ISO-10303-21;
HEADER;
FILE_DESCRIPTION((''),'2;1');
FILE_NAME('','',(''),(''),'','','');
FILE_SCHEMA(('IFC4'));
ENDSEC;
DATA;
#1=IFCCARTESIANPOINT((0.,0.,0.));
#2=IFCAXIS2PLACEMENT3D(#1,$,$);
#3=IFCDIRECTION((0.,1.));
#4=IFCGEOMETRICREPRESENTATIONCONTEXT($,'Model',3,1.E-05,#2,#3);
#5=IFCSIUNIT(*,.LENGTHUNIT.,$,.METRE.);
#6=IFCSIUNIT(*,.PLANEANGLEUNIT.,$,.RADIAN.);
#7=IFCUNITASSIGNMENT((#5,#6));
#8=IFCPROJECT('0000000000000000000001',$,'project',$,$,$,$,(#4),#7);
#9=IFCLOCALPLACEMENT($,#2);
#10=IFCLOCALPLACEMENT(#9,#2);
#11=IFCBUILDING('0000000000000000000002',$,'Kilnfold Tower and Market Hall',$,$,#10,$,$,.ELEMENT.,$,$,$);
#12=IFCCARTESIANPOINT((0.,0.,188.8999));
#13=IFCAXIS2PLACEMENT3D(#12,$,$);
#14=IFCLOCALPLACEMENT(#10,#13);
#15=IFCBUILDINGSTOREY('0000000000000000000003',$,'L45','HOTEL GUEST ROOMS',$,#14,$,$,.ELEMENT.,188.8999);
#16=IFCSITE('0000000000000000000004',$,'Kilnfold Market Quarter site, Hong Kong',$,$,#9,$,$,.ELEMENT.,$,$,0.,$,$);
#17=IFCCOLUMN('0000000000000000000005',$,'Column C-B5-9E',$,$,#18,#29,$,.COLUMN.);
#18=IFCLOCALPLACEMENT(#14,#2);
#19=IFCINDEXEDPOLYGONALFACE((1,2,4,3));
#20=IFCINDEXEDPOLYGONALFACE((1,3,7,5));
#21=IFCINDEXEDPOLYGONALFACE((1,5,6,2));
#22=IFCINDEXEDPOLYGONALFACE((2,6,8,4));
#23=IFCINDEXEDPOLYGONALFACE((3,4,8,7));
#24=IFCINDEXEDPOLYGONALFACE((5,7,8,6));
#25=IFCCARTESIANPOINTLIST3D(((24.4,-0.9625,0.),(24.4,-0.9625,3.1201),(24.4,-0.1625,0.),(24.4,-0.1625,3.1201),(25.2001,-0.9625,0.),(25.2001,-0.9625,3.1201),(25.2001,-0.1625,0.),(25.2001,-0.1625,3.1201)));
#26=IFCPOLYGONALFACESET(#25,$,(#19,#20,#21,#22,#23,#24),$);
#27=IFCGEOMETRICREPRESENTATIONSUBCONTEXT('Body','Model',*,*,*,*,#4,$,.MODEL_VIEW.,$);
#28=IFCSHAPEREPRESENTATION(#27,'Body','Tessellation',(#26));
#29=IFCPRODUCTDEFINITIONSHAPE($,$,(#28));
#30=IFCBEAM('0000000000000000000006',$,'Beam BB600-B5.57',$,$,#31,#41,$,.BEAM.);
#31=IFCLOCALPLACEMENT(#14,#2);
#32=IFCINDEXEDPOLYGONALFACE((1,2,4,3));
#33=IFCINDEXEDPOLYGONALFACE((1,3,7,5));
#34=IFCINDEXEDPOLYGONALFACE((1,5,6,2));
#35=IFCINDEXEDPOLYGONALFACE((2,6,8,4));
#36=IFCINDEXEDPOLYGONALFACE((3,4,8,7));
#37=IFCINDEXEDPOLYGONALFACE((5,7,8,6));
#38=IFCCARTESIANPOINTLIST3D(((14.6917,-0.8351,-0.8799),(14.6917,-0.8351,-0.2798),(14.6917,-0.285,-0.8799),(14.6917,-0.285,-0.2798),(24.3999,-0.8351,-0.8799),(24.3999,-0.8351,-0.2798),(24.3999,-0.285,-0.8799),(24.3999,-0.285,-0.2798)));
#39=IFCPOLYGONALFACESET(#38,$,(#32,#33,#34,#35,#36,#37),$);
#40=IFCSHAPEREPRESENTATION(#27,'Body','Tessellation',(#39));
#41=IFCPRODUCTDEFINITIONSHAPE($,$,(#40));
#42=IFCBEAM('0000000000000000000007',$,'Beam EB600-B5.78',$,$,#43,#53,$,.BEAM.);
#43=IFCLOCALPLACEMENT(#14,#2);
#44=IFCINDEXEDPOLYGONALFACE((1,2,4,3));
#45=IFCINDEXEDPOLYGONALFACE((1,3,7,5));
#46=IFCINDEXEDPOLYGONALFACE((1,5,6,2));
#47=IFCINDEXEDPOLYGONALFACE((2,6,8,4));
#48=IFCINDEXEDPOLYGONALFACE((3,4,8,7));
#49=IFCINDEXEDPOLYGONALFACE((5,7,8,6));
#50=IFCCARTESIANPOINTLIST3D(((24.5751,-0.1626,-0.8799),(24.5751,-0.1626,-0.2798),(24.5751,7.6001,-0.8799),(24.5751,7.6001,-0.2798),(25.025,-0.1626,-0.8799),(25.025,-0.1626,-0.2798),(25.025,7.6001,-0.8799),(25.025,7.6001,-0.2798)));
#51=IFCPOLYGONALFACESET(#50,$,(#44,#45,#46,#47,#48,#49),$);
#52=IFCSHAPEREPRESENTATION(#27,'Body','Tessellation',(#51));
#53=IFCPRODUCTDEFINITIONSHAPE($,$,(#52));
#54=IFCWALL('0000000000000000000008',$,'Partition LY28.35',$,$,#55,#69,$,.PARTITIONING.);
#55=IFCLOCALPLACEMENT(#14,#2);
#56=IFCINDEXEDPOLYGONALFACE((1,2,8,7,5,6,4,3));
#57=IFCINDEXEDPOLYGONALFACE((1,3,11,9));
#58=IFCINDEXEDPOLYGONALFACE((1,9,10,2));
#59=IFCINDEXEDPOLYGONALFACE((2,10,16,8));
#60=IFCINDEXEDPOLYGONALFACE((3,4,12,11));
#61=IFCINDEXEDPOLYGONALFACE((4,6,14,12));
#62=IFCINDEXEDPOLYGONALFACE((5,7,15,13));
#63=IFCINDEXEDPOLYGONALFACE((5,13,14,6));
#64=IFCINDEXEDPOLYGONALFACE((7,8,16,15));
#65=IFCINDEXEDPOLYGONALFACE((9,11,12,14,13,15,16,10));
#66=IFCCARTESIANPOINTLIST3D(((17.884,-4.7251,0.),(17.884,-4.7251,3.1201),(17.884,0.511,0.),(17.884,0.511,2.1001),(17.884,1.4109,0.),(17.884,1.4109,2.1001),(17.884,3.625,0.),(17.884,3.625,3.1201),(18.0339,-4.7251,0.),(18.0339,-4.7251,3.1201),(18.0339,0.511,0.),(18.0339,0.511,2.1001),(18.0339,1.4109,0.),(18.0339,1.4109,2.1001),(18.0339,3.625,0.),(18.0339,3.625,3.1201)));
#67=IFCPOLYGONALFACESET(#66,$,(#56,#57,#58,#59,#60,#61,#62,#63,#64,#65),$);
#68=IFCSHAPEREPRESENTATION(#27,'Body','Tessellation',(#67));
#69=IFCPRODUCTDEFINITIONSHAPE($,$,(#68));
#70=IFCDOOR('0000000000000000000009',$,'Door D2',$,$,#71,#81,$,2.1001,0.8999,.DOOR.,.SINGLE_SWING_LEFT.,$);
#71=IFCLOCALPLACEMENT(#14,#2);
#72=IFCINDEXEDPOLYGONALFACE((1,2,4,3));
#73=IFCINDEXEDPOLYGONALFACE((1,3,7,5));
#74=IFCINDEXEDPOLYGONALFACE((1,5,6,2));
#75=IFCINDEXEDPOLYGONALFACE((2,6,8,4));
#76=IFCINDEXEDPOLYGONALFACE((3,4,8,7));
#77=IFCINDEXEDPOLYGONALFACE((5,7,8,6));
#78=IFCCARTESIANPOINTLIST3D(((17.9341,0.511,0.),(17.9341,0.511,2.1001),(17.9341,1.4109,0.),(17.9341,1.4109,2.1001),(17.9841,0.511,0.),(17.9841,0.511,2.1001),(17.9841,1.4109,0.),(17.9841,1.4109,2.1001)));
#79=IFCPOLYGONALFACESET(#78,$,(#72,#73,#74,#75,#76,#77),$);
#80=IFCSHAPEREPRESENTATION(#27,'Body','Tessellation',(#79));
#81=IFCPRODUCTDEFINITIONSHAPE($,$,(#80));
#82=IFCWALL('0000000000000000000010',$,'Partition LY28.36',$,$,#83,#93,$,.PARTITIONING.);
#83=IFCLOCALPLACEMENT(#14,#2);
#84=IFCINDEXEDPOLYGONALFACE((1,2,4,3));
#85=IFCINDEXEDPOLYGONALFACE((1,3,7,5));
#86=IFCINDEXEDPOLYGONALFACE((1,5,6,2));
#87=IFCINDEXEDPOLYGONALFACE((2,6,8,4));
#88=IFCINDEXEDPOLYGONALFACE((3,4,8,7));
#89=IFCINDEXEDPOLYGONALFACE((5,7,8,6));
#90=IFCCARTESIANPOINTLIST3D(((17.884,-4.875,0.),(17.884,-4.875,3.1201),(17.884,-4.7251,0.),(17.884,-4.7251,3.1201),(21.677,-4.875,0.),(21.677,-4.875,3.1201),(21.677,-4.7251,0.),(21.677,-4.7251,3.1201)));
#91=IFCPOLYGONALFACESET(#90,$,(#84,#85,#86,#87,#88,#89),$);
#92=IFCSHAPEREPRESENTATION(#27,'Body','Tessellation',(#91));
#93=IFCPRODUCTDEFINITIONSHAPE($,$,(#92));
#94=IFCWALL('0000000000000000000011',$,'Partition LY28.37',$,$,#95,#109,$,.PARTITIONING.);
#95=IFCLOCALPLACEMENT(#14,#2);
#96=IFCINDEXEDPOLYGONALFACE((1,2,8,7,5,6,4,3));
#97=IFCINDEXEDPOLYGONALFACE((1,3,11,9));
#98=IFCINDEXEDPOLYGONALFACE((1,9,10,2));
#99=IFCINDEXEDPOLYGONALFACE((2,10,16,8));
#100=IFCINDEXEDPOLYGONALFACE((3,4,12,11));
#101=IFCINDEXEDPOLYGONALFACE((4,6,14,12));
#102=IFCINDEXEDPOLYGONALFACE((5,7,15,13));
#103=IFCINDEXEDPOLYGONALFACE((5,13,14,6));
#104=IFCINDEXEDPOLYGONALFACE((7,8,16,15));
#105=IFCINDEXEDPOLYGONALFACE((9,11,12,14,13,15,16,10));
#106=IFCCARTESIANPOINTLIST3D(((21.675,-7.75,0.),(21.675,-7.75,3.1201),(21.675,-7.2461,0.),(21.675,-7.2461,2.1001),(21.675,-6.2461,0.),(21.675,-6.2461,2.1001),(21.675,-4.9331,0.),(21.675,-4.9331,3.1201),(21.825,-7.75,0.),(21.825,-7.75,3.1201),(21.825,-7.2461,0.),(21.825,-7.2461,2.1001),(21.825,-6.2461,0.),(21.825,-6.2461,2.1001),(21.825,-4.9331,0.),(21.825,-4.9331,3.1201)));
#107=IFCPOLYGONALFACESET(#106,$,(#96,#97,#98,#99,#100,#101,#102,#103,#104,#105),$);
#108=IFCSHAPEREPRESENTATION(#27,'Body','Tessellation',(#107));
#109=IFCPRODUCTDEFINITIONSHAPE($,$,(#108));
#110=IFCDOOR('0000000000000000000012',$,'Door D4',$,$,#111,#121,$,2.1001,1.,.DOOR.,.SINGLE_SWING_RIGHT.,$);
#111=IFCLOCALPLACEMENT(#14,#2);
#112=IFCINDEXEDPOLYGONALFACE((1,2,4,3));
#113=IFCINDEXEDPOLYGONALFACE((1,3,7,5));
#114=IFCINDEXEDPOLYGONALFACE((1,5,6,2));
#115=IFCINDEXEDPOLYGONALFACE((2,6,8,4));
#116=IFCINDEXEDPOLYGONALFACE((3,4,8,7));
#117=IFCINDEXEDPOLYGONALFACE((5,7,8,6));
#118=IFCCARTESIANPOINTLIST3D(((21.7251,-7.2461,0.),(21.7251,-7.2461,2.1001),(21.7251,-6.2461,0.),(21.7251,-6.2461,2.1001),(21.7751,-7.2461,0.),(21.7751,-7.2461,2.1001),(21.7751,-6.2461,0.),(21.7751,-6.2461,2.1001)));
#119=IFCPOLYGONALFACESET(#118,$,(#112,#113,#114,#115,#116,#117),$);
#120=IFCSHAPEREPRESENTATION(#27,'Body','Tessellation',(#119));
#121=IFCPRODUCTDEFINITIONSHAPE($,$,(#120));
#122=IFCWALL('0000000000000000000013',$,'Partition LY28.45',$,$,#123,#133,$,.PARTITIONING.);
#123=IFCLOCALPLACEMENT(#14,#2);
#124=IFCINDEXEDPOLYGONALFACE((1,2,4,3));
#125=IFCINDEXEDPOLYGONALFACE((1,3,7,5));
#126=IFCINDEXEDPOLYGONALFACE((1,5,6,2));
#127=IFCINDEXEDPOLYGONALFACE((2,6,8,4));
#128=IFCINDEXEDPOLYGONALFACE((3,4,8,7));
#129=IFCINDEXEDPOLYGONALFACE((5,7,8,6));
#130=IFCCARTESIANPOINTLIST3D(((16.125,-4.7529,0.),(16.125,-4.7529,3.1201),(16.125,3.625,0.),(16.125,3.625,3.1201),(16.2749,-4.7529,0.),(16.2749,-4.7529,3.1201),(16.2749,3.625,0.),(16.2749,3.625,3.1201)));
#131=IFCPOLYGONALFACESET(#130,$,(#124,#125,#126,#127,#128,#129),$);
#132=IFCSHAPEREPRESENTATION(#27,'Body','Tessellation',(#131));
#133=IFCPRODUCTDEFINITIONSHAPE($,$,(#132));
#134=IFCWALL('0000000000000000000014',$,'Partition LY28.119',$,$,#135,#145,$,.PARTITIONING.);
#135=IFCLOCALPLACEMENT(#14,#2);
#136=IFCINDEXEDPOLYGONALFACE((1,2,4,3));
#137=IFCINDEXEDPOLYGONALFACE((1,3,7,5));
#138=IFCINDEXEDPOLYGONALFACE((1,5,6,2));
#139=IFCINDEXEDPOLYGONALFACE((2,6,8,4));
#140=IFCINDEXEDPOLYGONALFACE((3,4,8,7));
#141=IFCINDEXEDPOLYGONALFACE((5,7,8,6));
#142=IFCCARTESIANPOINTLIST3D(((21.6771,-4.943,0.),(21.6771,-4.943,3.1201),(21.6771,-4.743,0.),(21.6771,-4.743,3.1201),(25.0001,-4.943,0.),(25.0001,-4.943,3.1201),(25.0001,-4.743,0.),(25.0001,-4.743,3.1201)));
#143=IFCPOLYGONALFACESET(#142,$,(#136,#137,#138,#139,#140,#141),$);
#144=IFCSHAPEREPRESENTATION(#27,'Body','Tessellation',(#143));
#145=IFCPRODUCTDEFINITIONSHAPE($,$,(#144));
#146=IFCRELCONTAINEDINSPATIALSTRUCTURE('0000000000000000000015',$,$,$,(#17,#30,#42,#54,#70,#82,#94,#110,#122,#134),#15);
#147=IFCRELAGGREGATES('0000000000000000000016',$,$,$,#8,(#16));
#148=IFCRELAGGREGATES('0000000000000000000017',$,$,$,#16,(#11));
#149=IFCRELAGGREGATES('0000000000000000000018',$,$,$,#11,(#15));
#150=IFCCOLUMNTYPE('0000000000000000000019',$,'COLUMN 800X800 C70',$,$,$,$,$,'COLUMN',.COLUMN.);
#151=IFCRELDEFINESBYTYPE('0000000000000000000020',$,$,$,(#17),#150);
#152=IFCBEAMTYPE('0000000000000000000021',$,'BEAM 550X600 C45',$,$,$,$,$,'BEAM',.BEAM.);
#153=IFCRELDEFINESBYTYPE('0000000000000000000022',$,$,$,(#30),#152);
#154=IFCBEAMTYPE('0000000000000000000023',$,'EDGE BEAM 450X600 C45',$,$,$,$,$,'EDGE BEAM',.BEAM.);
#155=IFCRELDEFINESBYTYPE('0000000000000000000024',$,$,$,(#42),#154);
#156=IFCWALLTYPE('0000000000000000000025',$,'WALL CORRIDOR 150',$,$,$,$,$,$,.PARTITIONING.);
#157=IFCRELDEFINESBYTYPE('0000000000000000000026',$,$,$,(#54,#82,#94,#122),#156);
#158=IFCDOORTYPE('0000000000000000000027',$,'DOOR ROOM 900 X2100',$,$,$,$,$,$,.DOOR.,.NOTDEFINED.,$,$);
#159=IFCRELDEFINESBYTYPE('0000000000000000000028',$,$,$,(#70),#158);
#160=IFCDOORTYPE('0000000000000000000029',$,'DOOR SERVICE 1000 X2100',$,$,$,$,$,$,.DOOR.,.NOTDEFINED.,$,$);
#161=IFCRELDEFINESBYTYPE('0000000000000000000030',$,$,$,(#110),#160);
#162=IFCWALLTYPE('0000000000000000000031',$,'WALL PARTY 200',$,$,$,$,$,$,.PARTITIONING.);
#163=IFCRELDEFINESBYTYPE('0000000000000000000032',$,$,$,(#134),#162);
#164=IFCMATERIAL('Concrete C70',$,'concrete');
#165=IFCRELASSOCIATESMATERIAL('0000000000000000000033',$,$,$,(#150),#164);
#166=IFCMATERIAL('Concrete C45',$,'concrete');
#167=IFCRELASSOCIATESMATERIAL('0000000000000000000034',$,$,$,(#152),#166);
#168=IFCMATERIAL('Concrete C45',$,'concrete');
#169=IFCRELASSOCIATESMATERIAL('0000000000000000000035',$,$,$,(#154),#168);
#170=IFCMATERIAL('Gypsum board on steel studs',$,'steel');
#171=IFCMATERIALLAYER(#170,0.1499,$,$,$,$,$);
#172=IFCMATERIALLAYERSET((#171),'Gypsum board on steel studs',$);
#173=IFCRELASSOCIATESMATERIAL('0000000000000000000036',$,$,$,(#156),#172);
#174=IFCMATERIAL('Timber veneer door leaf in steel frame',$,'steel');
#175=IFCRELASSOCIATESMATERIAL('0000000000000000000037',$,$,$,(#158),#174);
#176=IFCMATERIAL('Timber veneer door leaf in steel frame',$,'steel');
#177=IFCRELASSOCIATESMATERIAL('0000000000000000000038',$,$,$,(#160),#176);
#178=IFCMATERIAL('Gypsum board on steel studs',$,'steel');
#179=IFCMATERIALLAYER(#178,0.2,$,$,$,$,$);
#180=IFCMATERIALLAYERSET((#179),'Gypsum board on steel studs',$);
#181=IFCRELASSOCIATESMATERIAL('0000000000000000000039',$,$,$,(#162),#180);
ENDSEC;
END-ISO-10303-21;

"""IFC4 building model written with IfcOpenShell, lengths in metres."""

from ifc_helpers import new_model, si_unit, direction, frame, frame_2d, origin, origin_2d, place, context, subcontext, project, spatial, rectangle, extrude, source, transform, mapped, material, layer, layer_set, material_profile, profile_set, type_object, element, fill, save


model = new_model("IFC4")

# Units and contexts
model_context = context("Model", 3, precision=1e-05, world=origin(), true_north=direction((0.0, 1.0)))
body_context = subcontext(model_context, "Body", "Model", "MODEL_VIEW")
ifc_project = project(units=[si_unit("LENGTHUNIT", "METRE"), si_unit("PLANEANGLEUNIT", "RADIAN")], contexts=[model_context])

# Site, building, storey
site_placement = place(None, origin())
site = spatial("IfcSite", under=ifc_project, at=site_placement, Name="Kilnfold Market Quarter site, Hong Kong", CompositionType="ELEMENT", RefElevation=0.0)
building_placement = place(site_placement, origin())
building = spatial("IfcBuilding", under=site, at=building_placement, Name="Kilnfold Tower and Market Hall", CompositionType="ELEMENT")
storey_placement = place(building_placement, frame((0.0, 0.0, 188.8999)))
storey = spatial("IfcBuildingStorey", under=building, at=storey_placement, Name="L45", Description="HOTEL GUEST ROOMS", CompositionType="ELEMENT", Elevation=188.8999)

# Column
ifc_material_1 = material(Name="Concrete C70", Category="concrete")
ifc_material_profile_1 = material_profile(ifc_material_1, rectangle(XDim=0.8, YDim=0.8, at=origin_2d()), Name="RC 800x800")
ifc_profile_set_1 = profile_set([ifc_material_profile_1], Name="Concrete C70")
column_type = type_object("IfcColumnType", Name="COLUMN 800X800 C70", ElementType="COLUMN", PredefinedType="COLUMN", material=ifc_profile_set_1)
shared_shape_1 = source(origin(), body_context, "Body", "SweptSolid", [
    extrude(rectangle(XDim=0.8, YDim=0.8, at=origin_2d()), origin(), (0.0, 0.0, 1.0), 3.1201),
])
column_placement = place(storey_placement, frame((24.8, -0.5625, 0.0), z_axis=(0.0, 0.0, 1.0), x_axis=(1.0, 0.0, 0.0)))
element("IfcColumn", 1, at=column_placement, inside=storey, type_object=column_type, Name="Column C-B5-9E", PredefinedType="COLUMN", context=body_context, shape_type="MappedRepresentation", body=[
    mapped(shared_shape_1, transform((0.0, 0.0, 0.0))),
])

# Beams
ifc_material_2 = material(Name="Concrete C45", Category="concrete")
ifc_material_profile_2 = material_profile(ifc_material_2, rectangle(XDim=0.55, YDim=0.6001, at=origin_2d()), Name="RC 550x600")
ifc_profile_set_2 = profile_set([ifc_material_profile_2], Name="Concrete C45")
beam_type_1 = type_object("IfcBeamType", Name="BEAM 550X600 C45", ElementType="BEAM", PredefinedType="BEAM", material=ifc_profile_set_2)
shared_shape_2 = source(origin(), body_context, "Body", "SweptSolid", [
    extrude(rectangle(XDim=0.55, YDim=0.6001, at=origin_2d()), origin(), (0.0, 0.0, 1.0), 9.7083),
])
beam_1_placement = place(storey_placement, frame((14.6917, -0.5601, -0.5798), z_axis=(1.0, 0.0, 0.0), x_axis=(0.0, 1.0, 0.0)))
element("IfcBeam", 2, at=beam_1_placement, inside=storey, type_object=beam_type_1, Name="Beam BB600-B5.57", PredefinedType="BEAM", context=body_context, shape_type="MappedRepresentation", body=[
    mapped(shared_shape_2, transform((0.0, 0.0, 0.0))),
])
ifc_material_3 = material(Name="Concrete C45", Category="concrete")
ifc_material_profile_3 = material_profile(ifc_material_3, rectangle(XDim=0.45, YDim=0.6001, at=origin_2d()), Name="RC 450x600")
ifc_profile_set_3 = profile_set([ifc_material_profile_3], Name="Concrete C45")
beam_type_2 = type_object("IfcBeamType", Name="EDGE BEAM 450X600 C45", ElementType="EDGE BEAM", PredefinedType="BEAM", material=ifc_profile_set_3)
shared_shape_3 = source(origin(), body_context, "Body", "SweptSolid", [
    extrude(rectangle(XDim=0.45, YDim=0.6001, at=origin_2d()), origin(), (0.0, 0.0, 1.0), 7.7627),
])
beam_2_placement = place(storey_placement, frame((24.8, -0.1626, -0.5798), z_axis=(0.0, 1.0, 0.0), x_axis=(-1.0, 0.0, 0.0)))
element("IfcBeam", 3, at=beam_2_placement, inside=storey, type_object=beam_type_2, Name="Beam EB600-B5.78", PredefinedType="BEAM", context=body_context, shape_type="MappedRepresentation", body=[
    mapped(shared_shape_3, transform((0.0, 0.0, 0.0))),
])

# Wall, opening, door
ifc_material_4 = material(Name="Gypsum board on steel studs", Category="steel")
ifc_layer_1 = layer(ifc_material_4, 0.1499)
ifc_layer_set_1 = layer_set([ifc_layer_1], Name="Gypsum board on steel studs")
wall_type_1 = type_object("IfcWallType", Name="WALL CORRIDOR 150", PredefinedType="PARTITIONING", material=ifc_layer_set_1)
wall_1_placement = place(storey_placement, frame((17.959, -4.7251, 0.0), z_axis=(0.0, 0.0, 1.0), x_axis=(0.0, 1.0, 0.0)))
wall_1 = element("IfcWall", 4, at=wall_1_placement, inside=storey, type_object=wall_type_1, Name="Partition LY28.35", PredefinedType="PARTITIONING", context=body_context, shape_type="SweptSolid", body=[
    extrude(rectangle(XDim=8.3501, YDim=0.1499, at=frame_2d((4.175, 0.0))), origin(), (0.0, 0.0, 1.0), 3.1201),
])
opening_1_placement = place(wall_1_placement, frame((5.2361, 0.0, 0.0)))
opening_1 = element("IfcOpeningElement", 5, at=opening_1_placement, cuts=wall_1, PredefinedType="OPENING", context=body_context, shape_type="SweptSolid", body=[
    extrude(rectangle(XDim=0.8999, YDim=2.1001, at=frame_2d((0.45, 1.05))), frame((0.0, 0.085, 0.0), z_axis=(0.0, -1.0, 0.0), x_axis=(1.0, 0.0, 0.0)), (0.0, 0.0, 1.0), 0.1699),
])
ifc_material_5 = material(Name="Timber veneer door leaf in steel frame", Category="steel")
door_type_1 = type_object("IfcDoorType", Name="DOOR ROOM 900 X2100", OperationType="NOTDEFINED", PredefinedType="DOOR", material=ifc_material_5)
door_1_placement = place(opening_1_placement, origin())
door_1 = element("IfcDoor", 6, at=door_1_placement, inside=storey, type_object=door_type_1, Name="Door D2", OperationType="SINGLE_SWING_LEFT", OverallHeight=2.1001, OverallWidth=0.8999, PredefinedType="DOOR", context=body_context, shape_type="SweptSolid", body=[
    extrude(rectangle(XDim=0.8999, YDim=2.1001, at=frame_2d((0.45, 1.05))), frame((0.0, 0.0249, 0.0), z_axis=(0.0, -1.0, 0.0), x_axis=(1.0, 0.0, 0.0)), (0.0, 0.0, 1.0), 0.05),
])
fill(opening_1, door_1)

# Wall
wall_2_placement = place(storey_placement, frame((17.884, -4.8, 0.0), z_axis=(0.0, 0.0, 1.0), x_axis=(1.0, 0.0, 0.0)))
element("IfcWall", 7, at=wall_2_placement, inside=storey, type_object=wall_type_1, Name="Partition LY28.36", PredefinedType="PARTITIONING", context=body_context, shape_type="SweptSolid", body=[
    extrude(rectangle(XDim=3.793, YDim=0.1499, at=frame_2d((1.8965, 0.0))), origin(), (0.0, 0.0, 1.0), 3.1201),
])

# Wall, opening, door
wall_3_placement = place(storey_placement, frame((21.75, -7.75, 0.0), z_axis=(0.0, 0.0, 1.0), x_axis=(0.0, 1.0, 0.0)))
wall_3 = element("IfcWall", 8, at=wall_3_placement, inside=storey, type_object=wall_type_1, Name="Partition LY28.37", PredefinedType="PARTITIONING", context=body_context, shape_type="SweptSolid", body=[
    extrude(rectangle(XDim=2.8169, YDim=0.1499, at=frame_2d((1.4084, 0.0))), origin(), (0.0, 0.0, 1.0), 3.1201),
])
opening_2_placement = place(wall_3_placement, frame((0.5039, 0.0, 0.0)))
opening_2 = element("IfcOpeningElement", 9, at=opening_2_placement, cuts=wall_3, PredefinedType="OPENING", context=body_context, shape_type="SweptSolid", body=[
    extrude(rectangle(XDim=1.0, YDim=2.1001, at=frame_2d((0.5, 1.05))), frame((0.0, 0.085, 0.0), z_axis=(0.0, -1.0, 0.0), x_axis=(1.0, 0.0, 0.0)), (0.0, 0.0, 1.0), 0.1699),
])
ifc_material_6 = material(Name="Timber veneer door leaf in steel frame", Category="steel")
door_type_2 = type_object("IfcDoorType", Name="DOOR SERVICE 1000 X2100", OperationType="NOTDEFINED", PredefinedType="DOOR", material=ifc_material_6)
door_2_placement = place(opening_2_placement, origin())
door_2 = element("IfcDoor", 10, at=door_2_placement, inside=storey, type_object=door_type_2, Name="Door D4", OperationType="SINGLE_SWING_RIGHT", OverallHeight=2.1001, OverallWidth=1.0, PredefinedType="DOOR", context=body_context, shape_type="SweptSolid", body=[
    extrude(rectangle(XDim=1.0, YDim=2.1001, at=frame_2d((0.5, 1.05))), frame((0.0, 0.0249, 0.0), z_axis=(0.0, -1.0, 0.0), x_axis=(1.0, 0.0, 0.0)), (0.0, 0.0, 1.0), 0.05),
])
fill(opening_2, door_2)

# Walls
wall_4_placement = place(storey_placement, frame((16.2, -4.7529, 0.0), z_axis=(0.0, 0.0, 1.0), x_axis=(0.0, 1.0, 0.0)))
element("IfcWall", 11, at=wall_4_placement, inside=storey, type_object=wall_type_1, Name="Partition LY28.45", PredefinedType="PARTITIONING", context=body_context, shape_type="SweptSolid", body=[
    extrude(rectangle(XDim=8.3779, YDim=0.1499, at=frame_2d((4.189, 0.0))), origin(), (0.0, 0.0, 1.0), 3.1201),
])
ifc_material_7 = material(Name="Gypsum board on steel studs", Category="steel")
ifc_layer_2 = layer(ifc_material_7, 0.2)
ifc_layer_set_2 = layer_set([ifc_layer_2], Name="Gypsum board on steel studs")
wall_type_2 = type_object("IfcWallType", Name="WALL PARTY 200", PredefinedType="PARTITIONING", material=ifc_layer_set_2)
wall_5_placement = place(storey_placement, frame((21.677, -4.843, 0.0), z_axis=(0.0, 0.0, 1.0), x_axis=(1.0, 0.0, 0.0)))
element("IfcWall", 12, at=wall_5_placement, inside=storey, type_object=wall_type_2, Name="Partition LY28.119", PredefinedType="PARTITIONING", context=body_context, shape_type="SweptSolid", body=[
    extrude(rectangle(XDim=3.323, YDim=0.2, at=frame_2d((1.6616, 0.0))), origin(), (0.0, 0.0, 1.0), 3.1201),
])

save(model, "model.ifc")
